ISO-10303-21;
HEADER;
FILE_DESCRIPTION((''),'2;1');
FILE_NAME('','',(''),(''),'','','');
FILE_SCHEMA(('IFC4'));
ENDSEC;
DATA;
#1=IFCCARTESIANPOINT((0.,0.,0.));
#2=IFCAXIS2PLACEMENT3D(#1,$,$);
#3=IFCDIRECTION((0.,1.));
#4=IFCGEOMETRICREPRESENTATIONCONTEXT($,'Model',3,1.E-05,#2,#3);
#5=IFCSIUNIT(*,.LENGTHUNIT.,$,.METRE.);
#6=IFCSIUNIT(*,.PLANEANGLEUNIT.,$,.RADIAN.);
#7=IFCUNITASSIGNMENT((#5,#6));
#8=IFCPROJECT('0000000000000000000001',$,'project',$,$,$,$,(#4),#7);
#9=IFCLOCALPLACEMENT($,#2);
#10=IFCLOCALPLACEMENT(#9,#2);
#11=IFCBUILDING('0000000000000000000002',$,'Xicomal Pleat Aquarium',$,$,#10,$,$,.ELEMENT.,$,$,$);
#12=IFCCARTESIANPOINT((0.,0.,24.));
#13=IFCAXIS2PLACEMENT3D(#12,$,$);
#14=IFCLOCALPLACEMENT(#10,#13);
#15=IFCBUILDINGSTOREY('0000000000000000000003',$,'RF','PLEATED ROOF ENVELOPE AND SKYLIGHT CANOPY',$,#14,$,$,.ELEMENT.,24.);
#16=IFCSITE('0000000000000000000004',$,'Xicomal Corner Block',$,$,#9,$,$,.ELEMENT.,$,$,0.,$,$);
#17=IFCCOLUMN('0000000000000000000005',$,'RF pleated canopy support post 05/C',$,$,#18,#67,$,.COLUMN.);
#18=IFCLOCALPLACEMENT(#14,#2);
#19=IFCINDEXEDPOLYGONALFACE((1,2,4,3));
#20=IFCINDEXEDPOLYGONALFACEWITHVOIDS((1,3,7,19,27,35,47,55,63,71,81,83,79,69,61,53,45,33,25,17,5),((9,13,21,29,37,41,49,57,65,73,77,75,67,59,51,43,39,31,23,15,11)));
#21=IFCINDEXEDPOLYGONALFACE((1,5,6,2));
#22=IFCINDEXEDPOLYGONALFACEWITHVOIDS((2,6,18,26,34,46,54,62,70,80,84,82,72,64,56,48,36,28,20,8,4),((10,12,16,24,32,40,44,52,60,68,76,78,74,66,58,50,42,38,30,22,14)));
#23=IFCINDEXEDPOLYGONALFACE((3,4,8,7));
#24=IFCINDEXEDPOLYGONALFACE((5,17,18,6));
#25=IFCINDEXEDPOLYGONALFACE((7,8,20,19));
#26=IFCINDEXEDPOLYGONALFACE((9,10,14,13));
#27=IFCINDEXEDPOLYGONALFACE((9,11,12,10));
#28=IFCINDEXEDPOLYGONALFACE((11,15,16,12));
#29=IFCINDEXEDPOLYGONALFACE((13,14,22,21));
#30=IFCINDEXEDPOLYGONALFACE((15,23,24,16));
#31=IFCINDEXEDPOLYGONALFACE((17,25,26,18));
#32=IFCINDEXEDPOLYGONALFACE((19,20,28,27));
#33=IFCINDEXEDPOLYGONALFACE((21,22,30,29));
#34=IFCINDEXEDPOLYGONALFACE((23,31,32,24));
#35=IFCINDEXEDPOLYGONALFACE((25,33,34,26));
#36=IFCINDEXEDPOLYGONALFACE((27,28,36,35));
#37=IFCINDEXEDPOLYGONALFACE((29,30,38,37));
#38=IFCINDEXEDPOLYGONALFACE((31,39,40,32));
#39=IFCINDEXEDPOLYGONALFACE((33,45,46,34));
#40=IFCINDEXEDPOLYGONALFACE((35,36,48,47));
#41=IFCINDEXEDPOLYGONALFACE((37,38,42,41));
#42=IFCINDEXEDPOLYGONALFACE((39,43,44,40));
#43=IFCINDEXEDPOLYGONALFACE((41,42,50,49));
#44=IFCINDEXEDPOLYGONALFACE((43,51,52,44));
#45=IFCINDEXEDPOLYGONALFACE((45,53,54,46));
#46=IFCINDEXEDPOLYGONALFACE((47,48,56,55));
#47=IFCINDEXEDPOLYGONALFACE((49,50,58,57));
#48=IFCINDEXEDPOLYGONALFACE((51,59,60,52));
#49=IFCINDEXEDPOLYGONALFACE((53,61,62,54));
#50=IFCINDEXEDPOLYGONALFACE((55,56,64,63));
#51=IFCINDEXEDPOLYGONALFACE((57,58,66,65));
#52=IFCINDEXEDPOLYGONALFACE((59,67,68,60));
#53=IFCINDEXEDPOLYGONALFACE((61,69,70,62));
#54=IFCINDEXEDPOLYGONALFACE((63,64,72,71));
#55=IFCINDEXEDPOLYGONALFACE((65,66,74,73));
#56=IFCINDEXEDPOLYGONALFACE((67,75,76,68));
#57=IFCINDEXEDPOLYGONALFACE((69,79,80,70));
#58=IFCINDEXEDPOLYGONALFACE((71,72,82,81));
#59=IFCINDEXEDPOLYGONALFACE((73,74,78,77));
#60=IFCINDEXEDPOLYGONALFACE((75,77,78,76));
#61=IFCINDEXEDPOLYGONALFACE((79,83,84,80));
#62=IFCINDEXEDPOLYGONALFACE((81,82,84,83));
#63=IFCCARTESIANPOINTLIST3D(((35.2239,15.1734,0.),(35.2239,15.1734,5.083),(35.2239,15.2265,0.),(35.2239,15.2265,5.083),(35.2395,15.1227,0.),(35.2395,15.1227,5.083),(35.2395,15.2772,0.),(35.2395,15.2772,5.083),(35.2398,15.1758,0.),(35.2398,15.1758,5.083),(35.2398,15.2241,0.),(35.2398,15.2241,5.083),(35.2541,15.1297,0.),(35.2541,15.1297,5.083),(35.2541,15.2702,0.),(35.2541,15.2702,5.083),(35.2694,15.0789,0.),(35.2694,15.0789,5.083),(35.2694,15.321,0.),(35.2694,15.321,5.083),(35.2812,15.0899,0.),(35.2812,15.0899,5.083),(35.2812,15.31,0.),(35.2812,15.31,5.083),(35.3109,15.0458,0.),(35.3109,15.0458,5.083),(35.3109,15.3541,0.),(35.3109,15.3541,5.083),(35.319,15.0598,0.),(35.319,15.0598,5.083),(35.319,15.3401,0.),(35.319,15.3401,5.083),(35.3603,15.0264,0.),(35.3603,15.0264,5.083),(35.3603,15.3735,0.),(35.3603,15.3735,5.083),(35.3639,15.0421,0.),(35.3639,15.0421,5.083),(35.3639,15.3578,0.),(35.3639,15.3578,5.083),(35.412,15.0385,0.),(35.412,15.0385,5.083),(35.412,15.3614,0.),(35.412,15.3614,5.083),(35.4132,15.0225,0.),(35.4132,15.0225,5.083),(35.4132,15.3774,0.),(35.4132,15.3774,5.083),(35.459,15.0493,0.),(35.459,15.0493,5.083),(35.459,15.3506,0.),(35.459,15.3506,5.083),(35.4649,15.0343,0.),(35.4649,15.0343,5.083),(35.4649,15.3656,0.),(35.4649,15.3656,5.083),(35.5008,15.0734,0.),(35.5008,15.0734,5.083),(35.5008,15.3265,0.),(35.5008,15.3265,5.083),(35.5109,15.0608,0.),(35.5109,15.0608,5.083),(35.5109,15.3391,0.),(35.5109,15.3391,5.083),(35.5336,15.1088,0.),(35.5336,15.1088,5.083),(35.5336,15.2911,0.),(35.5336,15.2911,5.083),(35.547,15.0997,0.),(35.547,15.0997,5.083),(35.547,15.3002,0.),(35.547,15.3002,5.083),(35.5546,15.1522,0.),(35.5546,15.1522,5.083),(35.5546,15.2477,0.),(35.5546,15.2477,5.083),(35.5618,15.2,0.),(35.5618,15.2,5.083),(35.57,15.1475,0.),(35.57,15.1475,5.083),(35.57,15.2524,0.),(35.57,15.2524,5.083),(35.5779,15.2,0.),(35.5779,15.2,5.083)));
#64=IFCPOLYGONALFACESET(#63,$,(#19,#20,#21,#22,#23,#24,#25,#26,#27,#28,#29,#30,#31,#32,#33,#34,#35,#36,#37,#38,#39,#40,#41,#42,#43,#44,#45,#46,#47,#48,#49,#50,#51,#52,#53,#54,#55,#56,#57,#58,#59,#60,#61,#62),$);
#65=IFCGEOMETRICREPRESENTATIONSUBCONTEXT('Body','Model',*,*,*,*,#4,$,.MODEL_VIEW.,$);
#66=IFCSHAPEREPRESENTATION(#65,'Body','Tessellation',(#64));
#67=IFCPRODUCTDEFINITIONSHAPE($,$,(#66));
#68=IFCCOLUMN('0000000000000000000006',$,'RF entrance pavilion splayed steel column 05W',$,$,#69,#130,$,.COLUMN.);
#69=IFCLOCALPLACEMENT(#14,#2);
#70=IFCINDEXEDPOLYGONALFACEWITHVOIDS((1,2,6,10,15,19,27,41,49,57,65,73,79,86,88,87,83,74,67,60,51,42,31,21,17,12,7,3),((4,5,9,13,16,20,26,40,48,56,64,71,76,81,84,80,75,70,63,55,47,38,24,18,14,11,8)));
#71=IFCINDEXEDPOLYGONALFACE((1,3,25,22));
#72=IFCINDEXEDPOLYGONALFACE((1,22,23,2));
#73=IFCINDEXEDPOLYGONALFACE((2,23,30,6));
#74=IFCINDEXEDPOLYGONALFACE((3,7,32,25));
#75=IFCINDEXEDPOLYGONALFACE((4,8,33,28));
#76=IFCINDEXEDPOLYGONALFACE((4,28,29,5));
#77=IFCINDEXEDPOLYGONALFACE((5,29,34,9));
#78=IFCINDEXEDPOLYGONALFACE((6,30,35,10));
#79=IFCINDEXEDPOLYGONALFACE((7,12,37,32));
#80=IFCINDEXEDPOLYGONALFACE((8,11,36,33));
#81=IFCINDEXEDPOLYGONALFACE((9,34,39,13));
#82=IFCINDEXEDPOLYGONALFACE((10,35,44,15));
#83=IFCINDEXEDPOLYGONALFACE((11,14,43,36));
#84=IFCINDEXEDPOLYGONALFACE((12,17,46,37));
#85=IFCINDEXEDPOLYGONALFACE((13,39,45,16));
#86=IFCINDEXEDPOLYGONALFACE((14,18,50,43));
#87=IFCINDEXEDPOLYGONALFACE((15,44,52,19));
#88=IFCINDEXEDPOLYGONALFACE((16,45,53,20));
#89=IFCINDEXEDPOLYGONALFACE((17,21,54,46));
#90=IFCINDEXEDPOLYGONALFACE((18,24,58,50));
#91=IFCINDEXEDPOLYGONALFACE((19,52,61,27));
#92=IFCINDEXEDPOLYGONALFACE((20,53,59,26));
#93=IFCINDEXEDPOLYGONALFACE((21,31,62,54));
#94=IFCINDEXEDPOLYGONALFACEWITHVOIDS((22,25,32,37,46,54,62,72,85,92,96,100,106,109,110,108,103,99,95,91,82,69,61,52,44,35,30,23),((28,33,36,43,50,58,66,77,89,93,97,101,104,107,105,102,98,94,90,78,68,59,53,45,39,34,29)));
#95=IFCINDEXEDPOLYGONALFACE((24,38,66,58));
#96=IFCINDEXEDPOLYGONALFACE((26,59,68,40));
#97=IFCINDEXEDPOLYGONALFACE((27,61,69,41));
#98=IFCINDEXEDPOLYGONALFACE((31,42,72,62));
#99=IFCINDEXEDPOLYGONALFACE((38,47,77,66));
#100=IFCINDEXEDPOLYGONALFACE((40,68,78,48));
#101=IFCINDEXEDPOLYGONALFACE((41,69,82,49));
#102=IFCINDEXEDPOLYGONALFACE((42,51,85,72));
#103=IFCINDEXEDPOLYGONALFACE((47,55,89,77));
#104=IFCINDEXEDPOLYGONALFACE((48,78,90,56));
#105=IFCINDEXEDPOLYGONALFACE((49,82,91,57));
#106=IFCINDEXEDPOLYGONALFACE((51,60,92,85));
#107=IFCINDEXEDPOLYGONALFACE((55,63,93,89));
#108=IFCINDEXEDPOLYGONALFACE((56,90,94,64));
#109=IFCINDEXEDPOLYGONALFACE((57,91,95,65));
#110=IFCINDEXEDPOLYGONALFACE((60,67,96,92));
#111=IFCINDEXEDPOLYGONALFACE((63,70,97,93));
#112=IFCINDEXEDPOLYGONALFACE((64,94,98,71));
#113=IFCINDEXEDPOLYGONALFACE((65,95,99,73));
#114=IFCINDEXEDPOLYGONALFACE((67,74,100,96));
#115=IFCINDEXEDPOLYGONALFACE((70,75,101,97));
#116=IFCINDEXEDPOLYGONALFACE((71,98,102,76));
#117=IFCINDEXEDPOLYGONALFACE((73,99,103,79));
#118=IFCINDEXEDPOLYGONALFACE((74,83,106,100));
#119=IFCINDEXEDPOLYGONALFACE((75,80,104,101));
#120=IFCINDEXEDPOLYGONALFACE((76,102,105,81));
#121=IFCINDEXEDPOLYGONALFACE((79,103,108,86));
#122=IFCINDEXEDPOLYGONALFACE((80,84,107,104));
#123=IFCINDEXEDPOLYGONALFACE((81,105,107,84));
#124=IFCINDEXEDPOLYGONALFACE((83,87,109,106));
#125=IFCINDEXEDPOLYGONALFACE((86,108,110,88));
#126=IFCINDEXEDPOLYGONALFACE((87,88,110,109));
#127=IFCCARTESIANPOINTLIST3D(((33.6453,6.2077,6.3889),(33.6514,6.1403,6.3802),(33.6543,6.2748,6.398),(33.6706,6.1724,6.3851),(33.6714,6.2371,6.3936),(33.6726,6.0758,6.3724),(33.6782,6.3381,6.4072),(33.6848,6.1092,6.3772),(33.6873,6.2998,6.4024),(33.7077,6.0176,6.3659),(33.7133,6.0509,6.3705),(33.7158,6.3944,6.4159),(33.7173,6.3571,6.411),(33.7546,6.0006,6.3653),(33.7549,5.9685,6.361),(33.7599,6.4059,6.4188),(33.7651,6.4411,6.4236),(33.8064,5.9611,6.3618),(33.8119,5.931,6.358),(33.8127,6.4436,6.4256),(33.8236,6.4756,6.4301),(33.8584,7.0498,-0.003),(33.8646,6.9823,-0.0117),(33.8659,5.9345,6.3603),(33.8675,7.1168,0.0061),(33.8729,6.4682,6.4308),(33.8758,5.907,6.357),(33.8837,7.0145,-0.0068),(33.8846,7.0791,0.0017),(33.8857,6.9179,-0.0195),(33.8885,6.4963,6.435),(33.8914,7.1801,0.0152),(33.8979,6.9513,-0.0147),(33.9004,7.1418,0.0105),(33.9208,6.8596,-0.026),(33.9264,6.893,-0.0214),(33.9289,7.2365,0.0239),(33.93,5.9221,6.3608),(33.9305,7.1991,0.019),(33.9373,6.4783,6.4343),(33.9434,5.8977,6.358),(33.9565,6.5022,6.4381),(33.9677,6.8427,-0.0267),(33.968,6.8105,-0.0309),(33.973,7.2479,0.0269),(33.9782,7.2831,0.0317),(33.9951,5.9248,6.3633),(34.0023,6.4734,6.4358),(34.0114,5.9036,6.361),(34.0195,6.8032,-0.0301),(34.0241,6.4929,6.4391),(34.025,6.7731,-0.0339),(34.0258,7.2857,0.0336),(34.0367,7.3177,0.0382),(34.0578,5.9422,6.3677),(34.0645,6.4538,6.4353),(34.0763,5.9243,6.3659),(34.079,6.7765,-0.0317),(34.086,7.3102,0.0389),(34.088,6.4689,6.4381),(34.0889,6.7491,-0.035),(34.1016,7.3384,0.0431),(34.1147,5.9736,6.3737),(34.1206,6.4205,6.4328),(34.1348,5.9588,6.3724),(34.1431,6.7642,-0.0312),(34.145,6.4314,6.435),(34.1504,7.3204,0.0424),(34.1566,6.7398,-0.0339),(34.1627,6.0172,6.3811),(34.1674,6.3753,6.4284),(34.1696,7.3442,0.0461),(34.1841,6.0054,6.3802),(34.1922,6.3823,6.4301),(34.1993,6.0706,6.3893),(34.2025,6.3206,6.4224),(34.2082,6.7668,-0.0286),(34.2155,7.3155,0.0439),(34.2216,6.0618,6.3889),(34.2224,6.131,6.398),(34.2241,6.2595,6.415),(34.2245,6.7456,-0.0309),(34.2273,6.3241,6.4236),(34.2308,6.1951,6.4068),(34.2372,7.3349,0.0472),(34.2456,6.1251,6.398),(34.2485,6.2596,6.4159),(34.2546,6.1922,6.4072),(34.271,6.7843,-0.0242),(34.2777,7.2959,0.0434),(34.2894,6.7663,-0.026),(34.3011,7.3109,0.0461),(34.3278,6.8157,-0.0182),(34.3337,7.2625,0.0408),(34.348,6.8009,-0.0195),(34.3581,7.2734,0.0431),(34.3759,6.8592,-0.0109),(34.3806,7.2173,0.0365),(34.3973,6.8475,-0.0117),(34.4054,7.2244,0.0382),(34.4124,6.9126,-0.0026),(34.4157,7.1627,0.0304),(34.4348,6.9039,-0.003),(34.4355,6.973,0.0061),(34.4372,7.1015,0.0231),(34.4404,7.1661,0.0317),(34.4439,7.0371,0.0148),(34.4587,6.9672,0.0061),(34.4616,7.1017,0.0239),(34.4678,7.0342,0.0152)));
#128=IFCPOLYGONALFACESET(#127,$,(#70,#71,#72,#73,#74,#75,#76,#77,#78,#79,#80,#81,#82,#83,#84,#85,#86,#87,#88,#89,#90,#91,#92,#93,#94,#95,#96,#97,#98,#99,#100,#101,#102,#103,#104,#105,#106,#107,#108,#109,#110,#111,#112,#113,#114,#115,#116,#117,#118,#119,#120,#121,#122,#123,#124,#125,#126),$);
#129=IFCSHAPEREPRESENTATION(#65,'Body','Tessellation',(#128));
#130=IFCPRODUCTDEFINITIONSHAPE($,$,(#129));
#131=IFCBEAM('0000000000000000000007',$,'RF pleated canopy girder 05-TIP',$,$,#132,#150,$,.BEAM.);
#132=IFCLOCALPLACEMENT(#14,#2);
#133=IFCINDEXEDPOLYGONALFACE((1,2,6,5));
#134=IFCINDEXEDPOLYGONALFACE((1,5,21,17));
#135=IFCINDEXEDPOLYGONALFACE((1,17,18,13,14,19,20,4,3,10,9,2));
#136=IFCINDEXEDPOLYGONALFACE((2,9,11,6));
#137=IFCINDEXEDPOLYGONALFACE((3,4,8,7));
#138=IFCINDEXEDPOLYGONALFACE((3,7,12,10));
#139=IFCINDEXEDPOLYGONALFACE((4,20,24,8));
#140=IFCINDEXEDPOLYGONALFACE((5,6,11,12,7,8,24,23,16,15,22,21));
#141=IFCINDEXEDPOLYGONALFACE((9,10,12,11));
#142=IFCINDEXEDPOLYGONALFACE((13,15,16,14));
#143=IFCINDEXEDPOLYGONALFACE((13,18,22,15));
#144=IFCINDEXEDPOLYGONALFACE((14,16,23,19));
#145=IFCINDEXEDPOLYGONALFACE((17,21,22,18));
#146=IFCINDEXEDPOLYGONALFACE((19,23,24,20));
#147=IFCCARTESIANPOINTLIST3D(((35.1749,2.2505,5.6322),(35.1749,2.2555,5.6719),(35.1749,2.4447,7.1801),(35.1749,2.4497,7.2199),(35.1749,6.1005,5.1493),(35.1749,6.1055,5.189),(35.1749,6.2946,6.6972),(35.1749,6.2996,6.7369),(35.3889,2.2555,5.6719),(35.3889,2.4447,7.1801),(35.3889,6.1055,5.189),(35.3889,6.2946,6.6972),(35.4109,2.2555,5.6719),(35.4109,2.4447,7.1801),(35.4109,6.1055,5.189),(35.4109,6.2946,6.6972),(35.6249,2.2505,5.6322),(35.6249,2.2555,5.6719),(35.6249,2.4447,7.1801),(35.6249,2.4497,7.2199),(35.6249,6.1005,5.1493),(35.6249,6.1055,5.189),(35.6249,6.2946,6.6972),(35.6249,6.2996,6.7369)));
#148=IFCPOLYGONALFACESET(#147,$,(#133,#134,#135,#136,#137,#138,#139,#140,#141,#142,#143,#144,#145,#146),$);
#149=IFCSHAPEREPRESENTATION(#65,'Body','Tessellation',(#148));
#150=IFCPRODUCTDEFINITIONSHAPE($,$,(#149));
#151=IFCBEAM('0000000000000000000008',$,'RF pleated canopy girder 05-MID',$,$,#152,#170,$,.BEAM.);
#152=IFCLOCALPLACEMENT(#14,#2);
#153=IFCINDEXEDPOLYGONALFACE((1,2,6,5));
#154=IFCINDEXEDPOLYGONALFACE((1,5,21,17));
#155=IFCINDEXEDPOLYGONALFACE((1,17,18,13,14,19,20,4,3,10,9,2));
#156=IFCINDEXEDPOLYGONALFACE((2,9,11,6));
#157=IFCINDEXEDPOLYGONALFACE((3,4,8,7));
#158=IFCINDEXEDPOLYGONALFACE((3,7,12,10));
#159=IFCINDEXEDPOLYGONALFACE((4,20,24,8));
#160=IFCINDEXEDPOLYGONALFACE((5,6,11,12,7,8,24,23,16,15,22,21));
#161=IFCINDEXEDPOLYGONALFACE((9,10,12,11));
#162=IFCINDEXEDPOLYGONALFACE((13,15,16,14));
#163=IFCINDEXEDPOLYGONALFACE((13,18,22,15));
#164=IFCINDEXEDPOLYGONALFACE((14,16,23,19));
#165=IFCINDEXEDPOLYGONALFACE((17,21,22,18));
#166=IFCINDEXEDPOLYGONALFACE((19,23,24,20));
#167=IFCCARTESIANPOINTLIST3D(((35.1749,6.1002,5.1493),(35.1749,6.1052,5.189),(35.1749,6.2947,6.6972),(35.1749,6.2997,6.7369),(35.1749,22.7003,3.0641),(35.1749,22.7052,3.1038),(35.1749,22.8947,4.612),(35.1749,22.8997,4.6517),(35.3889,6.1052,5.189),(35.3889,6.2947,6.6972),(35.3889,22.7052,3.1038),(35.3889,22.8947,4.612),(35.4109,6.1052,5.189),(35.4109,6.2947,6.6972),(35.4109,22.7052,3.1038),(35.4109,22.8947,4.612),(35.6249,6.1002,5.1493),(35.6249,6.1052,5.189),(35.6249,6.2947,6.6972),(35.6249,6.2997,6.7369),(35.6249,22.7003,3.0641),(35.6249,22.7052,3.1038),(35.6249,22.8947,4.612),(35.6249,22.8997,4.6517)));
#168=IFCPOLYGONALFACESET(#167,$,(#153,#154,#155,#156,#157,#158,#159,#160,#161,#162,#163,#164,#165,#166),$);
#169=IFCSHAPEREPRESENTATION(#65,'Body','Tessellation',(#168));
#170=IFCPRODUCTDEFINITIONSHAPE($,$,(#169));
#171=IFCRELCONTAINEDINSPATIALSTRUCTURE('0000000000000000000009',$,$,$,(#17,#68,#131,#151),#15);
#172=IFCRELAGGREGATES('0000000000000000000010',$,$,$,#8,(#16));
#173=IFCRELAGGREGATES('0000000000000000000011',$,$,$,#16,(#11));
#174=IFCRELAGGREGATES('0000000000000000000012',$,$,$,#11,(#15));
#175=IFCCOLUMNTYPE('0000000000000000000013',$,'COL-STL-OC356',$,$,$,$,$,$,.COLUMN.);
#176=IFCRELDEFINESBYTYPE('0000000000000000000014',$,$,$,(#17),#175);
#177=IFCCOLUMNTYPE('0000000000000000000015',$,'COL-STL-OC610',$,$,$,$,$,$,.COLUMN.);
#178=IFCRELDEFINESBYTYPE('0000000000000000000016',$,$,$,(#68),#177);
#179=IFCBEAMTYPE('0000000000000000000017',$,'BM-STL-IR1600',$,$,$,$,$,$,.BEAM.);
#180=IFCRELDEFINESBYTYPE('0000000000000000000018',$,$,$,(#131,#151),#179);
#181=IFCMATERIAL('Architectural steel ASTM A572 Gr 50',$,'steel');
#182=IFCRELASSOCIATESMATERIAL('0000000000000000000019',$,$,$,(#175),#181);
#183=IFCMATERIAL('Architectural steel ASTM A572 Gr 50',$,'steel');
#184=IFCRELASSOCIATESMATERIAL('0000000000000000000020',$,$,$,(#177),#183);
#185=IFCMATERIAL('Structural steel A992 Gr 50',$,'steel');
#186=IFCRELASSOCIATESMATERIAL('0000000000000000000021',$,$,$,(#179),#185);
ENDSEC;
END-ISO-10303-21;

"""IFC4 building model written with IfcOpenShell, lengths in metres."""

from ifc_helpers import new_model, si_unit, direction, frame, origin, origin_2d, place, context, subcontext, project, spatial, hollow_circle, i_section, extrude, material, material_profile, profile_set, type_object, element, save


model = new_model("IFC4")

# Units and contexts
model_context = context("Model", 3, precision=1e-05, world=origin(), true_north=direction((0.0, 1.0)))
body_context = subcontext(model_context, "Body", "Model", "MODEL_VIEW")
ifc_project = project(units=[si_unit("LENGTHUNIT", "METRE"), si_unit("PLANEANGLEUNIT", "RADIAN")], contexts=[model_context])

# Site, building, storey
site_placement = place(None, origin())
site = spatial("IfcSite", under=ifc_project, at=site_placement, Name="Xicomal Corner Block", CompositionType="ELEMENT", RefElevation=0.0)
building_placement = place(site_placement, origin())
building = spatial("IfcBuilding", under=site, at=building_placement, Name="Xicomal Pleat Aquarium", CompositionType="ELEMENT")
storey_placement = place(building_placement, frame((0.0, 0.0, 24.0)))
storey = spatial("IfcBuildingStorey", under=building, at=storey_placement, Name="RF", Description="PLEATED ROOF ENVELOPE AND SKYLIGHT CANOPY", CompositionType="ELEMENT", Elevation=24.0)

# Columns
ifc_material_1 = material(Name="Architectural steel ASTM A572 Gr 50", Category="steel")
ifc_material_profile_1 = material_profile(ifc_material_1, hollow_circle(Radius=0.178, WallThickness=0.0161, at=origin_2d()), Name="OC 356x16")
ifc_profile_set_1 = profile_set([ifc_material_profile_1], Name="Architectural steel ASTM A572 Gr 50")
column_type_1 = type_object("IfcColumnType", Name="COL-STL-OC356", PredefinedType="COLUMN", material=ifc_profile_set_1)
column_1_placement = place(storey_placement, frame((35.3999, 15.2, 0.0), z_axis=(0.0, 0.0, 1.0), x_axis=(1.0, 0.0, 0.0)))
element("IfcColumn", 1, at=column_1_placement, inside=storey, type_object=column_type_1, Name="RF pleated canopy support post 05/C", PredefinedType="COLUMN", context=body_context, shape_type="SweptSolid", body=[
    extrude(hollow_circle(Radius=0.178, WallThickness=0.0161, at=origin_2d()), origin(), (0.0, 0.0, 1.0), 5.083),
])
ifc_material_2 = material(Name="Architectural steel ASTM A572 Gr 50", Category="steel")
ifc_material_profile_2 = material_profile(ifc_material_2, hollow_circle(Radius=0.3049, WallThickness=0.0239, at=origin_2d()), Name="OC 610x24")
ifc_profile_set_2 = profile_set([ifc_material_profile_2], Name="Architectural steel ASTM A572 Gr 50")
column_type_2 = type_object("IfcColumnType", Name="COL-STL-OC610", PredefinedType="COLUMN", material=ifc_profile_set_2)
column_2_placement = place(storey_placement, frame((34.1631, 7.042, 0.0061), z_axis=(-0.033041, -0.130537, 0.990893), x_axis=(0.969427, -0.245378, 0.0)))
element("IfcColumn", 2, at=column_2_placement, inside=storey, type_object=column_type_2, Name="RF entrance pavilion splayed steel column 05W", PredefinedType="COLUMN", context=body_context, shape_type="SweptSolid", body=[
    extrude(hollow_circle(Radius=0.3049, WallThickness=0.0239, at=origin_2d()), origin(), (0.0, 0.0, 1.0), 6.4507),
])

# Beams
ifc_material_3 = material(Name="Structural steel A992 Gr 50", Category="steel")
ifc_material_profile_3 = material_profile(ifc_material_3, i_section(OverallWidth=0.45, OverallDepth=1.6001, WebThickness=0.022, FlangeThickness=0.04, at=origin_2d()), Name="IR 1600x540")
ifc_profile_set_3 = profile_set([ifc_material_profile_3], Name="Structural steel A992 Gr 50")
beam_type = type_object("IfcBeamType", Name="BM-STL-IR1600", PredefinedType="BEAM", material=ifc_profile_set_3)
beam_1_placement = place(storey_placement, frame((35.3999, 2.3501, 6.426), z_axis=(0.0, 0.992225, -0.124461), x_axis=(-1.0, 0.0, 0.0)))
element("IfcBeam", 3, at=beam_1_placement, inside=storey, type_object=beam_type, Name="RF pleated canopy girder 05-TIP", PredefinedType="BEAM", context=body_context, shape_type="SweptSolid", body=[
    extrude(i_section(OverallWidth=0.45, OverallDepth=1.6001, WebThickness=0.022, FlangeThickness=0.04, at=origin_2d()), origin(), (0.0, 0.0, 1.0), 3.8801),
])
beam_2_placement = place(storey_placement, frame((35.3999, 6.2, 5.9431), z_axis=(0.0, 0.992203, -0.124635), x_axis=(-1.0, 0.0, 0.0)))
element("IfcBeam", 4, at=beam_2_placement, inside=storey, type_object=beam_type, Name="RF pleated canopy girder 05-MID", PredefinedType="BEAM", context=body_context, shape_type="SweptSolid", body=[
    extrude(i_section(OverallWidth=0.45, OverallDepth=1.6001, WebThickness=0.022, FlangeThickness=0.04, at=origin_2d()), origin(), (0.0, 0.0, 1.0), 16.7305),
])

save(model, "model.ifc")
